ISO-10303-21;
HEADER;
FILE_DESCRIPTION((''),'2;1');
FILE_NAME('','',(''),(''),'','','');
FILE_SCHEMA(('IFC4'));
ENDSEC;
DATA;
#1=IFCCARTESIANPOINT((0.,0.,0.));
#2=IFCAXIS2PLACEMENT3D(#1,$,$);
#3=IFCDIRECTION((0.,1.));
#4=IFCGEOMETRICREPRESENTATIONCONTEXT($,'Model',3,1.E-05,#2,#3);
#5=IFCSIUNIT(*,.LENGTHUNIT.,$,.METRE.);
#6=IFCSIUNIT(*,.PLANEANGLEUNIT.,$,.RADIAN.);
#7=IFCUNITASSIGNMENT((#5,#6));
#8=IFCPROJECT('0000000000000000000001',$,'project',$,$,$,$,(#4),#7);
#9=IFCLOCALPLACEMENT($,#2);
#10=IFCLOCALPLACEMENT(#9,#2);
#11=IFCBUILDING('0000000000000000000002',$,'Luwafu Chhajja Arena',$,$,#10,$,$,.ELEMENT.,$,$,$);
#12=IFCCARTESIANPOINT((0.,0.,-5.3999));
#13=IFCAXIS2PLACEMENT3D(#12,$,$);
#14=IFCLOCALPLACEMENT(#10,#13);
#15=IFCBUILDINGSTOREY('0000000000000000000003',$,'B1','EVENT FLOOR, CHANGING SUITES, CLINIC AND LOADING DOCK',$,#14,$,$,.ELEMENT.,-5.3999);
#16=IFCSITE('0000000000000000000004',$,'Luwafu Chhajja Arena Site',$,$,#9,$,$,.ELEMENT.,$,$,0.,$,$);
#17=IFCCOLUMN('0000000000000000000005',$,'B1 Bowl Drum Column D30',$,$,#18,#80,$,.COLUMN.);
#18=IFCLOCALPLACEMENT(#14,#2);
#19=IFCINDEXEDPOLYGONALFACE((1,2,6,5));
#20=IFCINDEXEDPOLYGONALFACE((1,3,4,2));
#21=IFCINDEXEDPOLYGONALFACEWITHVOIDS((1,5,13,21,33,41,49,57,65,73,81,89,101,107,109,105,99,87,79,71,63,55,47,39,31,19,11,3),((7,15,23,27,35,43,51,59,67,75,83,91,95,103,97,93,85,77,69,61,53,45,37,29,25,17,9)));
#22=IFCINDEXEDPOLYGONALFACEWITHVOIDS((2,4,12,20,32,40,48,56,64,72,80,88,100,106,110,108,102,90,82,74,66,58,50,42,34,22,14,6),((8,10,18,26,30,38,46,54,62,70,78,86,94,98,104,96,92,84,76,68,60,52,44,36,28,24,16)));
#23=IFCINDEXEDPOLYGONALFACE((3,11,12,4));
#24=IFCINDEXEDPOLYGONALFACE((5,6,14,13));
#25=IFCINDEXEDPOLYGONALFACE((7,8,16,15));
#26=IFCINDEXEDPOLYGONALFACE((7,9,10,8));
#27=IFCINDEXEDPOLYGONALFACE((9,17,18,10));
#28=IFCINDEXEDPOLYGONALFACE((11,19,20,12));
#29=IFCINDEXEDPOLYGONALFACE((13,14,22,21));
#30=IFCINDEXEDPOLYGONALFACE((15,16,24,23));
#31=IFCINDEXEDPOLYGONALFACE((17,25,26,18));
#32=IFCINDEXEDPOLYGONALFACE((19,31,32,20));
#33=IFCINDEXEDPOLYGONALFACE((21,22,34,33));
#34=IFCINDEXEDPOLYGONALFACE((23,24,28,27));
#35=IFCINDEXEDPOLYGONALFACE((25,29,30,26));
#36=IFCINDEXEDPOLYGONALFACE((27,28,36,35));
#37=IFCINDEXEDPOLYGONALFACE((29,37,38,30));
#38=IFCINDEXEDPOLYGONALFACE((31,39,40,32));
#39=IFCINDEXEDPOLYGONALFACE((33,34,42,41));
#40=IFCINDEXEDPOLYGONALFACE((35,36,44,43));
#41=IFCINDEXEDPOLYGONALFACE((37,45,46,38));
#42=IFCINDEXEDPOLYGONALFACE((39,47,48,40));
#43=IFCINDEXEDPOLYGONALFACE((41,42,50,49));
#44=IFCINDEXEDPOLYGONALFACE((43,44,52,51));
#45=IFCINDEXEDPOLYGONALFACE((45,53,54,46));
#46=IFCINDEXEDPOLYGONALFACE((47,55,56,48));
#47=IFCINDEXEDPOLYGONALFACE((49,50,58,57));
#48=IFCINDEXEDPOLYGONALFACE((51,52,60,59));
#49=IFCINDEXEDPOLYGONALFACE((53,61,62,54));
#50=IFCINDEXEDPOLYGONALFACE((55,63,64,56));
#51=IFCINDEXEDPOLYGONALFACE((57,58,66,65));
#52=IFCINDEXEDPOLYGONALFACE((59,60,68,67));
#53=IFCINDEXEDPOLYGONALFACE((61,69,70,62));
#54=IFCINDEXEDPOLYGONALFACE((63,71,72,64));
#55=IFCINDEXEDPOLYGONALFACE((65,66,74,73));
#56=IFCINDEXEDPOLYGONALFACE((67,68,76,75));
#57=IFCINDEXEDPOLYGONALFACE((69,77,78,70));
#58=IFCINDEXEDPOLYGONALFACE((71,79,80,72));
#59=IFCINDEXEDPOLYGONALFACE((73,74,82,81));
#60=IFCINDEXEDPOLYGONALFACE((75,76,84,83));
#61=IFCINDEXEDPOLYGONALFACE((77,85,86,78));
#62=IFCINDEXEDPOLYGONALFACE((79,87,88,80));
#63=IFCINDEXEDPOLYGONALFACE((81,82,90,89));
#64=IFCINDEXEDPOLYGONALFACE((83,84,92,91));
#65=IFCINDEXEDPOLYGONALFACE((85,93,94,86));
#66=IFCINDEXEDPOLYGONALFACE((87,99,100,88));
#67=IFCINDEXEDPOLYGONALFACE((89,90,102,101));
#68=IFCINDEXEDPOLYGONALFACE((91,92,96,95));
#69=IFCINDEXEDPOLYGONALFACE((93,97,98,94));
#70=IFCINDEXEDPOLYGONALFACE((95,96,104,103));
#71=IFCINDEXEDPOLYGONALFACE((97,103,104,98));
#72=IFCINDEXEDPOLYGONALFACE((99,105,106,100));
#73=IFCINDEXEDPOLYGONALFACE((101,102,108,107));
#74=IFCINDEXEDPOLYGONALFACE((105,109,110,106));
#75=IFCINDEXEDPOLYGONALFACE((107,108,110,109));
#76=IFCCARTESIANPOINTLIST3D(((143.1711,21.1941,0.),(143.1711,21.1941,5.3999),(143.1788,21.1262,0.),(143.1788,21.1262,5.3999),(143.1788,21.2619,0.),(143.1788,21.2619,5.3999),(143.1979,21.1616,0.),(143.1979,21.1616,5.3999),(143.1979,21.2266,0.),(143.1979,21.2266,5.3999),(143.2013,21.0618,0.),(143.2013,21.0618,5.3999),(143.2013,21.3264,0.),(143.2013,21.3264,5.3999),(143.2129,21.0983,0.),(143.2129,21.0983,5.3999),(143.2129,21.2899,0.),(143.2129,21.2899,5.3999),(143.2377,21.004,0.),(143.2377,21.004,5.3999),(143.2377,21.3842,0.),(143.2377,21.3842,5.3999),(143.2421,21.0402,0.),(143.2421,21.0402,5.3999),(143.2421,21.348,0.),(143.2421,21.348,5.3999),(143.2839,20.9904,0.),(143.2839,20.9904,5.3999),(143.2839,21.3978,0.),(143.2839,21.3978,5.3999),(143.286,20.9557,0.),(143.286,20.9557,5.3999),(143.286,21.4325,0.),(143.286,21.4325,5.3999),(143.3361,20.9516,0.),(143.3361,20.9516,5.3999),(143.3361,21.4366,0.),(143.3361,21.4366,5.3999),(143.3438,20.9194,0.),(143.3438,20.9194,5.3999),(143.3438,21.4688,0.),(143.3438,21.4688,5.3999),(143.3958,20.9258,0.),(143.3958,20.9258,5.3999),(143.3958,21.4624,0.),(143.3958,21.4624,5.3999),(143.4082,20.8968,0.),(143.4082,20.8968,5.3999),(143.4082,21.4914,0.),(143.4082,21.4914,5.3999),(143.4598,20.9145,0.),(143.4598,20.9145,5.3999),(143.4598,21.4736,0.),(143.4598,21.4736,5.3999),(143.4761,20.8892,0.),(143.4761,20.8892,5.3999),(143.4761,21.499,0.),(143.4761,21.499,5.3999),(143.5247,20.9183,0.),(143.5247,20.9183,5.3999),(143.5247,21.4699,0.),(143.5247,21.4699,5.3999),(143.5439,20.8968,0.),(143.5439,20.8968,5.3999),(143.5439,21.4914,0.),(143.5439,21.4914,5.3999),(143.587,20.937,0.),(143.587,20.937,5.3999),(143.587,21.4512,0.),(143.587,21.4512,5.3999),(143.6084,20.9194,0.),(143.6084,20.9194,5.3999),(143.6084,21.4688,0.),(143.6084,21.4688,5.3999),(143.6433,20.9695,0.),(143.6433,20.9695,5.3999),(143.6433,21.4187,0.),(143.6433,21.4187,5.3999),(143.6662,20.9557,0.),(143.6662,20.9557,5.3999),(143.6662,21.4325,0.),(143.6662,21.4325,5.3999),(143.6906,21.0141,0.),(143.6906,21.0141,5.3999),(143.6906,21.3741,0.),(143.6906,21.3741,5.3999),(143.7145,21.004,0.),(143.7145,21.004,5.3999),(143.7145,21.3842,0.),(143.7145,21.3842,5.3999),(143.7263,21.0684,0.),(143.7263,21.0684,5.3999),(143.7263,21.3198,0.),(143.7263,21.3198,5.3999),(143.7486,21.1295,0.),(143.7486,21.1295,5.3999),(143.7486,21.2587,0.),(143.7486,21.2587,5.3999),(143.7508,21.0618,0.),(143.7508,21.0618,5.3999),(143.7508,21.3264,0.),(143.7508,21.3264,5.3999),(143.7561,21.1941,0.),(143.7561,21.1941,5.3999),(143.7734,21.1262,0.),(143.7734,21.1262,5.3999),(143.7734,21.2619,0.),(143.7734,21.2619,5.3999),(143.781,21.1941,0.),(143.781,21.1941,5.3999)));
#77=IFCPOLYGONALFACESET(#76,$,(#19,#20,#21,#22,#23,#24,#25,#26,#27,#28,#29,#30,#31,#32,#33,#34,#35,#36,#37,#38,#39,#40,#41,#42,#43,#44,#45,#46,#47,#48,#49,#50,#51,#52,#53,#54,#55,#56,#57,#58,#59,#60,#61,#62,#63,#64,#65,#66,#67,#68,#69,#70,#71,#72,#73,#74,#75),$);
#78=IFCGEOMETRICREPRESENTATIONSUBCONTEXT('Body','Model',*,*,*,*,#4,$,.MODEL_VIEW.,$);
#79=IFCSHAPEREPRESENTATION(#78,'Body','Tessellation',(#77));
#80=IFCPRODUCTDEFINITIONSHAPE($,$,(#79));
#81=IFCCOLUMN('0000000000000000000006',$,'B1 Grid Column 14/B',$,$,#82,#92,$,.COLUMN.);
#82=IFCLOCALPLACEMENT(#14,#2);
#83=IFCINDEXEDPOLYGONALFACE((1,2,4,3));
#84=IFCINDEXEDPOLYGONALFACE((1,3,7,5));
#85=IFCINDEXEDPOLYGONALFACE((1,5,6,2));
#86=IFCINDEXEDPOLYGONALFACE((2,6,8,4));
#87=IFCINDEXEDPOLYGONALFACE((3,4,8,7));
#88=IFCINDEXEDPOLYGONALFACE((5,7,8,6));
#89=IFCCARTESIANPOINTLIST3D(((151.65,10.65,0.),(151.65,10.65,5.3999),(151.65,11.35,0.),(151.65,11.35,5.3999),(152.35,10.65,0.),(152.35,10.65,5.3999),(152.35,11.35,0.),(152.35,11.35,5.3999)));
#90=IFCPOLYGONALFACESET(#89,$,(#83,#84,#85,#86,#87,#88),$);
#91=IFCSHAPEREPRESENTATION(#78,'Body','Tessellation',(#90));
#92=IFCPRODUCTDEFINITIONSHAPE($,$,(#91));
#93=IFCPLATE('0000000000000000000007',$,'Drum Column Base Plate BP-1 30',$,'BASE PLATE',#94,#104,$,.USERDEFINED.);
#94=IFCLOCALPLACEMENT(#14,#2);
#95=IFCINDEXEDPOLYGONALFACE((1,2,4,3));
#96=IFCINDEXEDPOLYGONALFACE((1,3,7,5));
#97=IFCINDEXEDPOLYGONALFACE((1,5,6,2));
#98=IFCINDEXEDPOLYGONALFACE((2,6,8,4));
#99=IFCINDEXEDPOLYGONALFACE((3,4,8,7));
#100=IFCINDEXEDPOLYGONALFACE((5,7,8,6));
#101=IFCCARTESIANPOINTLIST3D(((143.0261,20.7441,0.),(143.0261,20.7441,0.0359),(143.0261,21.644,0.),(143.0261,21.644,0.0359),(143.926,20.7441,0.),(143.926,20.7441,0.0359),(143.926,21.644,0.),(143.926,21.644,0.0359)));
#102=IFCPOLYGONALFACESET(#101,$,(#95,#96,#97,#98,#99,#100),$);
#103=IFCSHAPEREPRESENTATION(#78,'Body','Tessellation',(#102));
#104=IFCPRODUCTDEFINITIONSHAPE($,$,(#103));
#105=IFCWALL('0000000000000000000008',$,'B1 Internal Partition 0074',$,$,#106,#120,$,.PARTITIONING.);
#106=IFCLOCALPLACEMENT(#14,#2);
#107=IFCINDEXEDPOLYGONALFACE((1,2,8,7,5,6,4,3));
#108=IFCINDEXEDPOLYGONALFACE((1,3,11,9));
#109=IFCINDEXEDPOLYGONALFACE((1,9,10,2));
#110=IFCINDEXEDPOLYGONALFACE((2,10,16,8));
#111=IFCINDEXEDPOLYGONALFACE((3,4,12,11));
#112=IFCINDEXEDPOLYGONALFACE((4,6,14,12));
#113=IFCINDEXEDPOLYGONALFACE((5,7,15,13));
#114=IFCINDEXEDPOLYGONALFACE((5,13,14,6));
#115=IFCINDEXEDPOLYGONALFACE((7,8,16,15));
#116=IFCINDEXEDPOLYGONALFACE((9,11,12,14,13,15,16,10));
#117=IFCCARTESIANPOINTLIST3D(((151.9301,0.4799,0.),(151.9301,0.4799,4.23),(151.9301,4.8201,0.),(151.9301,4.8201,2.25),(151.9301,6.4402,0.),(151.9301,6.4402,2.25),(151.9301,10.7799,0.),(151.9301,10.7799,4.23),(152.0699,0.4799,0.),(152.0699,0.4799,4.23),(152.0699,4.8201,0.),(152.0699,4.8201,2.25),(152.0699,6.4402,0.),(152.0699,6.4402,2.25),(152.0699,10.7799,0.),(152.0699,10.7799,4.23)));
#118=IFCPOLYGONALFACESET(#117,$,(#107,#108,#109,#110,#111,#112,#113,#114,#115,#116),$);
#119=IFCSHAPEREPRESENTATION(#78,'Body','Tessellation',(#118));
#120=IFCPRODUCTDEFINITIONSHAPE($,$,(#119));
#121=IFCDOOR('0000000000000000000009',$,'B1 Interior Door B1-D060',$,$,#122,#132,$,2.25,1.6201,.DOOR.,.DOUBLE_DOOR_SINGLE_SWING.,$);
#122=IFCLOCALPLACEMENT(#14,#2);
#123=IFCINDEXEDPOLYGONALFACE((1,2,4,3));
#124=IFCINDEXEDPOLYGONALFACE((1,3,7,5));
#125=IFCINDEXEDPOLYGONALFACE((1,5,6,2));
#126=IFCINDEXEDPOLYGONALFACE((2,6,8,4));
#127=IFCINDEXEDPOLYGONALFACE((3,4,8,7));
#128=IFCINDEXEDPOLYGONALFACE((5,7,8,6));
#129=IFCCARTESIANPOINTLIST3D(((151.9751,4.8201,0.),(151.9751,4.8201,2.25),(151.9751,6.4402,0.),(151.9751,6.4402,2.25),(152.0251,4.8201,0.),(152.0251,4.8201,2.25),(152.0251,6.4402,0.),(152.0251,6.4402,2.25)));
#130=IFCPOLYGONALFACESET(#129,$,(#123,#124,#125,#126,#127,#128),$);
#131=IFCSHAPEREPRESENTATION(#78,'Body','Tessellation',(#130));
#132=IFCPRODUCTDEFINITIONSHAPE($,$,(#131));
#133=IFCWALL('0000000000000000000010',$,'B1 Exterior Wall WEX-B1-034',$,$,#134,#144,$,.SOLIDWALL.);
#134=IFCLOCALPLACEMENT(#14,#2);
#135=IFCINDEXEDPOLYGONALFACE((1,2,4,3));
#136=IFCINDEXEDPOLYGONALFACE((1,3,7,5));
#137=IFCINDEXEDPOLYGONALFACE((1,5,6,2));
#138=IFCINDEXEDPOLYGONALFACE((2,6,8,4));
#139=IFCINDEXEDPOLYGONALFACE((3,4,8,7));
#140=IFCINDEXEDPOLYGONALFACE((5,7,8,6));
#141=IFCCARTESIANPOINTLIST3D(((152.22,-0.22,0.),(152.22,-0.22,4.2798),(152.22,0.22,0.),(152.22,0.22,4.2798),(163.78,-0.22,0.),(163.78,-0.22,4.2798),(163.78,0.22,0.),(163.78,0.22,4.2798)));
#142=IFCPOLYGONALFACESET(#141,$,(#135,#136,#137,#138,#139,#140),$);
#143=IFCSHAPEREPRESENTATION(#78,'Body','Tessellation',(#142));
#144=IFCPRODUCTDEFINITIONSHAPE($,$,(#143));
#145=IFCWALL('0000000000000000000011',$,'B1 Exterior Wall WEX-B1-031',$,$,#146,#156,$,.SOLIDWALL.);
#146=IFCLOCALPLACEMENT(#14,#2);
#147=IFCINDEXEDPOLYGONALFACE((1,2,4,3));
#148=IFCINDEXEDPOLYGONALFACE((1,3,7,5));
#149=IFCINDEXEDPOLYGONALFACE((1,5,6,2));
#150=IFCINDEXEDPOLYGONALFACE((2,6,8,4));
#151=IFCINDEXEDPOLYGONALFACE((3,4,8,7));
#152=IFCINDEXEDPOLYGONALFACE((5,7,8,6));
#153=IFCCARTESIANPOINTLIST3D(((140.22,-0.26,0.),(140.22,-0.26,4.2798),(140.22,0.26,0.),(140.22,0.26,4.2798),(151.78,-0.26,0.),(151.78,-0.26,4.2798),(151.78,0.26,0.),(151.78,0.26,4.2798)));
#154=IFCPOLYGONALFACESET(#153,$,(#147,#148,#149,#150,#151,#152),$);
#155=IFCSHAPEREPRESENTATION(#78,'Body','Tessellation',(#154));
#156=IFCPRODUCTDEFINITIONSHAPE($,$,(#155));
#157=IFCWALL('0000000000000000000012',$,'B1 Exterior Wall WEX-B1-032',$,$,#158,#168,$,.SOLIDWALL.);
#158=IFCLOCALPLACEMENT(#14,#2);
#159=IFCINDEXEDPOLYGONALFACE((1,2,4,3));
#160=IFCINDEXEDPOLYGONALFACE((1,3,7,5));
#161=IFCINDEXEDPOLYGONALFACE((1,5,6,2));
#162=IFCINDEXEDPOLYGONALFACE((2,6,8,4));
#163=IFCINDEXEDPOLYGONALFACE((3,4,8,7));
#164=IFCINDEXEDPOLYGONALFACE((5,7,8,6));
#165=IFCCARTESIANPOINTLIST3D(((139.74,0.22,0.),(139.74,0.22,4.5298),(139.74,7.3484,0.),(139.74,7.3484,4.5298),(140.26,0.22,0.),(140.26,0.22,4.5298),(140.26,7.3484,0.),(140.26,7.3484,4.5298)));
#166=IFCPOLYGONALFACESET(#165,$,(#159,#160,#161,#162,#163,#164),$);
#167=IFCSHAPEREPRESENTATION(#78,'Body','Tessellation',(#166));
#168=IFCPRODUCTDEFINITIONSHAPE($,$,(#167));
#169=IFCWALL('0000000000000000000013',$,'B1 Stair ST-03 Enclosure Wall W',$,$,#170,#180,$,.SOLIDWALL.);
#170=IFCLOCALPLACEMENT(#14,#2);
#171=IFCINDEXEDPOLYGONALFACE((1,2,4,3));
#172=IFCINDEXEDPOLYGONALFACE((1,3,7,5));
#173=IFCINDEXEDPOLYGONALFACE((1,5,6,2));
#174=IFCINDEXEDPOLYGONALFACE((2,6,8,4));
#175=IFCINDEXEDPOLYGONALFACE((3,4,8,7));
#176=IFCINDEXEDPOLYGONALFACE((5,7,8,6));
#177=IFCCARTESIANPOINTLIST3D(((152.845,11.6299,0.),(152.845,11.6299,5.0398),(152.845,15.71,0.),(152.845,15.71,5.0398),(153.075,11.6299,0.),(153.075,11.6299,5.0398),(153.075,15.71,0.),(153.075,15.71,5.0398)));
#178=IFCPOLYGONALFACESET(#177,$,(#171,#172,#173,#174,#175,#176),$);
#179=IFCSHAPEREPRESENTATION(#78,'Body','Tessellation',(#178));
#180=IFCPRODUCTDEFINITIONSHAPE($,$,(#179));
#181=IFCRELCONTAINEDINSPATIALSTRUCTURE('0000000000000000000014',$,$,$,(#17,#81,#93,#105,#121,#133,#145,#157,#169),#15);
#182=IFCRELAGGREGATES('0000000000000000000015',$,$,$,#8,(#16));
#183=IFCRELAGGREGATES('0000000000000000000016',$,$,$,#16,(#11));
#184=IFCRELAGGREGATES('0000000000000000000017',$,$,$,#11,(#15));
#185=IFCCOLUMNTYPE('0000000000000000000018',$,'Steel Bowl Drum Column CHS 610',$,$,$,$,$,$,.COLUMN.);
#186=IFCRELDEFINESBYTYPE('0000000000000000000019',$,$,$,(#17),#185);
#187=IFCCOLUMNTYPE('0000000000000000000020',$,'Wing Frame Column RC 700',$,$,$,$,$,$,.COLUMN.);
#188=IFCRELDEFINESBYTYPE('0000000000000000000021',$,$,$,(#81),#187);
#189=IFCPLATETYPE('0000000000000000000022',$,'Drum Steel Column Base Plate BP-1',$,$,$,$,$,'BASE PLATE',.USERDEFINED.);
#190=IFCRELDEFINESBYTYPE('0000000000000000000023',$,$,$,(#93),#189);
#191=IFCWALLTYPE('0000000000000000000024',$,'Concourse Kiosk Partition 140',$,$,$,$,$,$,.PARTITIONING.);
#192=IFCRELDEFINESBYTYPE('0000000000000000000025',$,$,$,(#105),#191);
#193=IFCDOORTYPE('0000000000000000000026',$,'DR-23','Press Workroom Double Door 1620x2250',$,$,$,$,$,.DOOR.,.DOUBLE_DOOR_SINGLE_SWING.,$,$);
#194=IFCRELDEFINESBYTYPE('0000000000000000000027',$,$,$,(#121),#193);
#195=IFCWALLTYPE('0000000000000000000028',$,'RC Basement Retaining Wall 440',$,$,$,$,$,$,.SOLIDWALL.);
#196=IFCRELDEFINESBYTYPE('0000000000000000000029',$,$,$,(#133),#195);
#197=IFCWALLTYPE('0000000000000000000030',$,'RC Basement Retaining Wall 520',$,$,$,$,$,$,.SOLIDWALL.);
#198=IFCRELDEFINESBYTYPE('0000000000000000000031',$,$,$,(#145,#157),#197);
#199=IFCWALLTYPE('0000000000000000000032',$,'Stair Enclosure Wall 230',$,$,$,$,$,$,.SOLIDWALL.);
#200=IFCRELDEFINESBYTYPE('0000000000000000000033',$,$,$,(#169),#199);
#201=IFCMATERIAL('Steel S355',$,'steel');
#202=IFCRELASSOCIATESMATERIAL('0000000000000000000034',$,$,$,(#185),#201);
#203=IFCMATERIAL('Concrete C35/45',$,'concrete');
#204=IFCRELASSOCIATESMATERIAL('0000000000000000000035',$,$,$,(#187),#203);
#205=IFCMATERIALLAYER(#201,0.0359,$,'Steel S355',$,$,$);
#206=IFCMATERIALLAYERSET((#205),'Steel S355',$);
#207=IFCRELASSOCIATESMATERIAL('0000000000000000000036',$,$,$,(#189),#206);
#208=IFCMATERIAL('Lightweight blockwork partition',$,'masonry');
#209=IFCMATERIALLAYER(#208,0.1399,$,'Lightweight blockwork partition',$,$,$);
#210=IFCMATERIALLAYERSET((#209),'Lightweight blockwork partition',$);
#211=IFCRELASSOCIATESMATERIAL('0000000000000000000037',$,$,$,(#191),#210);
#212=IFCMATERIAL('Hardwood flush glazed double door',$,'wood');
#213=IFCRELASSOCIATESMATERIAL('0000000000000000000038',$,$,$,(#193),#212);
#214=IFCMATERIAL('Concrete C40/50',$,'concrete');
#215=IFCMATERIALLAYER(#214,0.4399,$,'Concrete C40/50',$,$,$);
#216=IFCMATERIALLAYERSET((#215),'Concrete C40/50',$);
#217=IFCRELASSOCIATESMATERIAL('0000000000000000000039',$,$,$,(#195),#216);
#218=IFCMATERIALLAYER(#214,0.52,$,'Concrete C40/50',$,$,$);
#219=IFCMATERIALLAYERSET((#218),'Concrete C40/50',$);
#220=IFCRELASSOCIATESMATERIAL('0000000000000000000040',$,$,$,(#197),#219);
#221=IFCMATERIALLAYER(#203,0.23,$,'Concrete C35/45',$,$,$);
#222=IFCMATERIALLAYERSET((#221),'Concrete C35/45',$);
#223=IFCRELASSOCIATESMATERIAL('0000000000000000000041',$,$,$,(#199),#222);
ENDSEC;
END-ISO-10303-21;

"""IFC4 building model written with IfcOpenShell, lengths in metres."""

from ifc_helpers import new_model, si_unit, direction, frame, frame_2d, origin, origin_2d, place, context, subcontext, project, spatial, rectangle, hollow_circle, extrude, material, layer, layer_set, material_profile, profile_set, type_object, element, fill, save


model = new_model("IFC4")

# Units and contexts
model_context = context("Model", 3, precision=1e-05, world=origin(), true_north=direction((0.0, 1.0)))
body_context = subcontext(model_context, "Body", "Model", "MODEL_VIEW")
ifc_project = project(units=[si_unit("LENGTHUNIT", "METRE"), si_unit("PLANEANGLEUNIT", "RADIAN")], contexts=[model_context])

# Site, building, storey
site_placement = place(None, origin())
site = spatial("IfcSite", under=ifc_project, at=site_placement, Name="Luwafu Chhajja Arena Site", CompositionType="ELEMENT", RefElevation=0.0)
building_placement = place(site_placement, origin())
building = spatial("IfcBuilding", under=site, at=building_placement, Name="Luwafu Chhajja Arena", CompositionType="ELEMENT")
storey_placement = place(building_placement, frame((0.0, 0.0, -5.3999)))
storey = spatial("IfcBuildingStorey", under=building, at=storey_placement, Name="B1", Description="EVENT FLOOR, CHANGING SUITES, CLINIC AND LOADING DOCK", CompositionType="ELEMENT", Elevation=-5.3999)

# Shared definitions
ifc_material_1 = material(Name="Concrete C35/45", Category="concrete")

# Columns
ifc_material_2 = material(Name="Concrete C40/50", Category="concrete")
ifc_material_3 = material(Name="Steel S355", Category="steel")
ifc_material_profile_1 = material_profile(ifc_material_3, hollow_circle(Radius=0.3049, WallThickness=0.0249, at=origin_2d()), Name="CHS 610x25")
ifc_profile_set_1 = profile_set([ifc_material_profile_1], Name="Steel S355")
column_type_1 = type_object("IfcColumnType", Name="Steel Bowl Drum Column CHS 610", PredefinedType="COLUMN", material=ifc_profile_set_1)
column_1_placement = place(storey_placement, frame((143.4761, 21.1941, 0.0), z_axis=(0.0, 0.0, 1.0), x_axis=(1.0, 0.0, 0.0)))
element("IfcColumn", 1, at=column_1_placement, inside=storey, type_object=column_type_1, Name="B1 Bowl Drum Column D30", PredefinedType="COLUMN", context=body_context, shape_type="SweptSolid", body=[
    extrude(hollow_circle(Radius=0.3049, WallThickness=0.0249, at=origin_2d()), origin(), (0.0, 0.0, 1.0), 5.3999),
])
ifc_material_profile_2 = material_profile(ifc_material_1, rectangle(XDim=0.7, YDim=0.7, at=origin_2d()), Name="RC 700x700")
ifc_profile_set_2 = profile_set([ifc_material_profile_2], Name="Concrete C35/45")
column_type_2 = type_object("IfcColumnType", Name="Wing Frame Column RC 700", PredefinedType="COLUMN", material=ifc_profile_set_2)
column_2_placement = place(storey_placement, frame((152.0, 11.0, 0.0), z_axis=(0.0, 0.0, 1.0), x_axis=(1.0, 0.0, 0.0)))
element("IfcColumn", 2, at=column_2_placement, inside=storey, type_object=column_type_2, Name="B1 Grid Column 14/B", PredefinedType="COLUMN", context=body_context, shape_type="SweptSolid", body=[
    extrude(rectangle(XDim=0.7, YDim=0.7, at=origin_2d()), origin(), (0.0, 0.0, 1.0), 5.3999),
])

# Plate
ifc_layer_1 = layer(ifc_material_3, 0.0359, Name="Steel S355")
ifc_layer_set_1 = layer_set([ifc_layer_1], Name="Steel S355")
plate_type = type_object("IfcPlateType", Name="Drum Steel Column Base Plate BP-1", ElementType="BASE PLATE", PredefinedType="USERDEFINED", material=ifc_layer_set_1)
plate_placement = place(storey_placement, frame((143.4761, 21.1941, 0.0), z_axis=(0.0, 0.0, 1.0), x_axis=(1.0, 0.0, 0.0)))
element("IfcPlate", 3, at=plate_placement, inside=storey, type_object=plate_type, Name="Drum Column Base Plate BP-1 30", ObjectType="BASE PLATE", PredefinedType="USERDEFINED", context=body_context, shape_type="SweptSolid", body=[
    extrude(rectangle(XDim=0.8999, YDim=0.8999, at=origin_2d()), origin(), (0.0, 0.0, 1.0), 0.0359),
])

# Wall, opening, door
ifc_material_4 = material(Name="Lightweight blockwork partition", Category="masonry")
ifc_layer_2 = layer(ifc_material_4, 0.1399, Name="Lightweight blockwork partition")
ifc_layer_set_2 = layer_set([ifc_layer_2], Name="Lightweight blockwork partition")
wall_type_1 = type_object("IfcWallType", Name="Concourse Kiosk Partition 140", PredefinedType="PARTITIONING", material=ifc_layer_set_2)
wall_1_placement = place(storey_placement, frame((152.0, 0.48, 0.0), z_axis=(0.0, 0.0, 1.0), x_axis=(0.0, 1.0, 0.0)))
wall_1 = element("IfcWall", 4, at=wall_1_placement, inside=storey, type_object=wall_type_1, Name="B1 Internal Partition 0074", PredefinedType="PARTITIONING", context=body_context, shape_type="SweptSolid", body=[
    extrude(rectangle(XDim=10.3, YDim=0.1399, at=frame_2d((5.1499, 0.0))), origin(), (0.0, 0.0, 1.0), 4.23),
])
opening_placement = place(wall_1_placement, frame((4.3401, 0.0, 0.0)))
opening = element("IfcOpeningElement", 5, at=opening_placement, cuts=wall_1, PredefinedType="OPENING", context=body_context, shape_type="SweptSolid", body=[
    extrude(rectangle(XDim=1.6201, YDim=2.25, at=frame_2d((0.8101, 1.125))), frame((0.0, 0.0798, 0.0), z_axis=(0.0, -1.0, 0.0), x_axis=(1.0, 0.0, 0.0)), (0.0, 0.0, 1.0), 0.1599),
])
ifc_material_5 = material(Name="Hardwood flush glazed double door", Category="wood")
door_type = type_object("IfcDoorType", Name="DR-23", Description="Press Workroom Double Door 1620x2250", OperationType="DOUBLE_DOOR_SINGLE_SWING", PredefinedType="DOOR", material=ifc_material_5)
door_placement = place(opening_placement, origin())
door = element("IfcDoor", 6, at=door_placement, inside=storey, type_object=door_type, Name="B1 Interior Door B1-D060", OperationType="DOUBLE_DOOR_SINGLE_SWING", OverallHeight=2.25, OverallWidth=1.6201, PredefinedType="DOOR", context=body_context, shape_type="SweptSolid", body=[
    extrude(rectangle(XDim=1.6201, YDim=2.25, at=frame_2d((0.8101, 1.125))), frame((0.0, 0.0249, 0.0), z_axis=(0.0, -1.0, 0.0), x_axis=(1.0, 0.0, 0.0)), (0.0, 0.0, 1.0), 0.05),
])
fill(opening, door)

# Walls
ifc_layer_3 = layer(ifc_material_2, 0.4399, Name="Concrete C40/50")
ifc_layer_set_3 = layer_set([ifc_layer_3], Name="Concrete C40/50")
wall_type_2 = type_object("IfcWallType", Name="RC Basement Retaining Wall 440", PredefinedType="SOLIDWALL", material=ifc_layer_set_3)
wall_2_placement = place(storey_placement, frame((152.22, 0.0, 0.0), z_axis=(0.0, 0.0, 1.0), x_axis=(1.0, 0.0, 0.0)))
element("IfcWall", 7, at=wall_2_placement, inside=storey, type_object=wall_type_2, Name="B1 Exterior Wall WEX-B1-034", PredefinedType="SOLIDWALL", context=body_context, shape_type="SweptSolid", body=[
    extrude(rectangle(XDim=11.5601, YDim=0.4399, at=frame_2d((5.78, 0.0))), origin(), (0.0, 0.0, 1.0), 4.2798),
])
ifc_layer_4 = layer(ifc_material_2, 0.52, Name="Concrete C40/50")
ifc_layer_set_4 = layer_set([ifc_layer_4], Name="Concrete C40/50")
wall_type_3 = type_object("IfcWallType", Name="RC Basement Retaining Wall 520", PredefinedType="SOLIDWALL", material=ifc_layer_set_4)
wall_3_placement = place(storey_placement, frame((140.22, 0.0, 0.0), z_axis=(0.0, 0.0, 1.0), x_axis=(1.0, 0.0, 0.0)))
element("IfcWall", 8, at=wall_3_placement, inside=storey, type_object=wall_type_3, Name="B1 Exterior Wall WEX-B1-031", PredefinedType="SOLIDWALL", context=body_context, shape_type="SweptSolid", body=[
    extrude(rectangle(XDim=11.5601, YDim=0.52, at=frame_2d((5.78, 0.0))), origin(), (0.0, 0.0, 1.0), 4.2798),
])
wall_4_placement = place(storey_placement, frame((140.0, 0.22, 0.0), z_axis=(0.0, 0.0, 1.0), x_axis=(0.0, 1.0, 0.0)))
element("IfcWall", 9, at=wall_4_placement, inside=storey, type_object=wall_type_3, Name="B1 Exterior Wall WEX-B1-032", PredefinedType="SOLIDWALL", context=body_context, shape_type="SweptSolid", body=[
    extrude(rectangle(XDim=7.1284, YDim=0.52, at=frame_2d((3.5642, 0.0))), origin(), (0.0, 0.0, 1.0), 4.5298),
])
ifc_layer_5 = layer(ifc_material_1, 0.23, Name="Concrete C35/45")
ifc_layer_set_5 = layer_set([ifc_layer_5], Name="Concrete C35/45")
wall_type_4 = type_object("IfcWallType", Name="Stair Enclosure Wall 230", PredefinedType="SOLIDWALL", material=ifc_layer_set_5)
for number, where, z_axis, x_axis, name in (
    (10, (152.96, 11.6299, 0.0), (0.0, 0.0, 1.0), (0.0, 1.0, 0.0), "B1 Stair ST-03 Enclosure Wall W"),
):
    element("IfcWall", number, at=place(storey_placement, frame(where, z_axis=z_axis, x_axis=x_axis)), inside=storey, type_object=wall_type_4, Name=name, PredefinedType="SOLIDWALL", context=body_context, shape_type="SweptSolid", body=[
        extrude(rectangle(XDim=4.0801, YDim=0.23, at=frame_2d((2.04, 0.0))), origin(), (0.0, 0.0, 1.0), 5.0398),
    ])

save(model, "model.ifc")
